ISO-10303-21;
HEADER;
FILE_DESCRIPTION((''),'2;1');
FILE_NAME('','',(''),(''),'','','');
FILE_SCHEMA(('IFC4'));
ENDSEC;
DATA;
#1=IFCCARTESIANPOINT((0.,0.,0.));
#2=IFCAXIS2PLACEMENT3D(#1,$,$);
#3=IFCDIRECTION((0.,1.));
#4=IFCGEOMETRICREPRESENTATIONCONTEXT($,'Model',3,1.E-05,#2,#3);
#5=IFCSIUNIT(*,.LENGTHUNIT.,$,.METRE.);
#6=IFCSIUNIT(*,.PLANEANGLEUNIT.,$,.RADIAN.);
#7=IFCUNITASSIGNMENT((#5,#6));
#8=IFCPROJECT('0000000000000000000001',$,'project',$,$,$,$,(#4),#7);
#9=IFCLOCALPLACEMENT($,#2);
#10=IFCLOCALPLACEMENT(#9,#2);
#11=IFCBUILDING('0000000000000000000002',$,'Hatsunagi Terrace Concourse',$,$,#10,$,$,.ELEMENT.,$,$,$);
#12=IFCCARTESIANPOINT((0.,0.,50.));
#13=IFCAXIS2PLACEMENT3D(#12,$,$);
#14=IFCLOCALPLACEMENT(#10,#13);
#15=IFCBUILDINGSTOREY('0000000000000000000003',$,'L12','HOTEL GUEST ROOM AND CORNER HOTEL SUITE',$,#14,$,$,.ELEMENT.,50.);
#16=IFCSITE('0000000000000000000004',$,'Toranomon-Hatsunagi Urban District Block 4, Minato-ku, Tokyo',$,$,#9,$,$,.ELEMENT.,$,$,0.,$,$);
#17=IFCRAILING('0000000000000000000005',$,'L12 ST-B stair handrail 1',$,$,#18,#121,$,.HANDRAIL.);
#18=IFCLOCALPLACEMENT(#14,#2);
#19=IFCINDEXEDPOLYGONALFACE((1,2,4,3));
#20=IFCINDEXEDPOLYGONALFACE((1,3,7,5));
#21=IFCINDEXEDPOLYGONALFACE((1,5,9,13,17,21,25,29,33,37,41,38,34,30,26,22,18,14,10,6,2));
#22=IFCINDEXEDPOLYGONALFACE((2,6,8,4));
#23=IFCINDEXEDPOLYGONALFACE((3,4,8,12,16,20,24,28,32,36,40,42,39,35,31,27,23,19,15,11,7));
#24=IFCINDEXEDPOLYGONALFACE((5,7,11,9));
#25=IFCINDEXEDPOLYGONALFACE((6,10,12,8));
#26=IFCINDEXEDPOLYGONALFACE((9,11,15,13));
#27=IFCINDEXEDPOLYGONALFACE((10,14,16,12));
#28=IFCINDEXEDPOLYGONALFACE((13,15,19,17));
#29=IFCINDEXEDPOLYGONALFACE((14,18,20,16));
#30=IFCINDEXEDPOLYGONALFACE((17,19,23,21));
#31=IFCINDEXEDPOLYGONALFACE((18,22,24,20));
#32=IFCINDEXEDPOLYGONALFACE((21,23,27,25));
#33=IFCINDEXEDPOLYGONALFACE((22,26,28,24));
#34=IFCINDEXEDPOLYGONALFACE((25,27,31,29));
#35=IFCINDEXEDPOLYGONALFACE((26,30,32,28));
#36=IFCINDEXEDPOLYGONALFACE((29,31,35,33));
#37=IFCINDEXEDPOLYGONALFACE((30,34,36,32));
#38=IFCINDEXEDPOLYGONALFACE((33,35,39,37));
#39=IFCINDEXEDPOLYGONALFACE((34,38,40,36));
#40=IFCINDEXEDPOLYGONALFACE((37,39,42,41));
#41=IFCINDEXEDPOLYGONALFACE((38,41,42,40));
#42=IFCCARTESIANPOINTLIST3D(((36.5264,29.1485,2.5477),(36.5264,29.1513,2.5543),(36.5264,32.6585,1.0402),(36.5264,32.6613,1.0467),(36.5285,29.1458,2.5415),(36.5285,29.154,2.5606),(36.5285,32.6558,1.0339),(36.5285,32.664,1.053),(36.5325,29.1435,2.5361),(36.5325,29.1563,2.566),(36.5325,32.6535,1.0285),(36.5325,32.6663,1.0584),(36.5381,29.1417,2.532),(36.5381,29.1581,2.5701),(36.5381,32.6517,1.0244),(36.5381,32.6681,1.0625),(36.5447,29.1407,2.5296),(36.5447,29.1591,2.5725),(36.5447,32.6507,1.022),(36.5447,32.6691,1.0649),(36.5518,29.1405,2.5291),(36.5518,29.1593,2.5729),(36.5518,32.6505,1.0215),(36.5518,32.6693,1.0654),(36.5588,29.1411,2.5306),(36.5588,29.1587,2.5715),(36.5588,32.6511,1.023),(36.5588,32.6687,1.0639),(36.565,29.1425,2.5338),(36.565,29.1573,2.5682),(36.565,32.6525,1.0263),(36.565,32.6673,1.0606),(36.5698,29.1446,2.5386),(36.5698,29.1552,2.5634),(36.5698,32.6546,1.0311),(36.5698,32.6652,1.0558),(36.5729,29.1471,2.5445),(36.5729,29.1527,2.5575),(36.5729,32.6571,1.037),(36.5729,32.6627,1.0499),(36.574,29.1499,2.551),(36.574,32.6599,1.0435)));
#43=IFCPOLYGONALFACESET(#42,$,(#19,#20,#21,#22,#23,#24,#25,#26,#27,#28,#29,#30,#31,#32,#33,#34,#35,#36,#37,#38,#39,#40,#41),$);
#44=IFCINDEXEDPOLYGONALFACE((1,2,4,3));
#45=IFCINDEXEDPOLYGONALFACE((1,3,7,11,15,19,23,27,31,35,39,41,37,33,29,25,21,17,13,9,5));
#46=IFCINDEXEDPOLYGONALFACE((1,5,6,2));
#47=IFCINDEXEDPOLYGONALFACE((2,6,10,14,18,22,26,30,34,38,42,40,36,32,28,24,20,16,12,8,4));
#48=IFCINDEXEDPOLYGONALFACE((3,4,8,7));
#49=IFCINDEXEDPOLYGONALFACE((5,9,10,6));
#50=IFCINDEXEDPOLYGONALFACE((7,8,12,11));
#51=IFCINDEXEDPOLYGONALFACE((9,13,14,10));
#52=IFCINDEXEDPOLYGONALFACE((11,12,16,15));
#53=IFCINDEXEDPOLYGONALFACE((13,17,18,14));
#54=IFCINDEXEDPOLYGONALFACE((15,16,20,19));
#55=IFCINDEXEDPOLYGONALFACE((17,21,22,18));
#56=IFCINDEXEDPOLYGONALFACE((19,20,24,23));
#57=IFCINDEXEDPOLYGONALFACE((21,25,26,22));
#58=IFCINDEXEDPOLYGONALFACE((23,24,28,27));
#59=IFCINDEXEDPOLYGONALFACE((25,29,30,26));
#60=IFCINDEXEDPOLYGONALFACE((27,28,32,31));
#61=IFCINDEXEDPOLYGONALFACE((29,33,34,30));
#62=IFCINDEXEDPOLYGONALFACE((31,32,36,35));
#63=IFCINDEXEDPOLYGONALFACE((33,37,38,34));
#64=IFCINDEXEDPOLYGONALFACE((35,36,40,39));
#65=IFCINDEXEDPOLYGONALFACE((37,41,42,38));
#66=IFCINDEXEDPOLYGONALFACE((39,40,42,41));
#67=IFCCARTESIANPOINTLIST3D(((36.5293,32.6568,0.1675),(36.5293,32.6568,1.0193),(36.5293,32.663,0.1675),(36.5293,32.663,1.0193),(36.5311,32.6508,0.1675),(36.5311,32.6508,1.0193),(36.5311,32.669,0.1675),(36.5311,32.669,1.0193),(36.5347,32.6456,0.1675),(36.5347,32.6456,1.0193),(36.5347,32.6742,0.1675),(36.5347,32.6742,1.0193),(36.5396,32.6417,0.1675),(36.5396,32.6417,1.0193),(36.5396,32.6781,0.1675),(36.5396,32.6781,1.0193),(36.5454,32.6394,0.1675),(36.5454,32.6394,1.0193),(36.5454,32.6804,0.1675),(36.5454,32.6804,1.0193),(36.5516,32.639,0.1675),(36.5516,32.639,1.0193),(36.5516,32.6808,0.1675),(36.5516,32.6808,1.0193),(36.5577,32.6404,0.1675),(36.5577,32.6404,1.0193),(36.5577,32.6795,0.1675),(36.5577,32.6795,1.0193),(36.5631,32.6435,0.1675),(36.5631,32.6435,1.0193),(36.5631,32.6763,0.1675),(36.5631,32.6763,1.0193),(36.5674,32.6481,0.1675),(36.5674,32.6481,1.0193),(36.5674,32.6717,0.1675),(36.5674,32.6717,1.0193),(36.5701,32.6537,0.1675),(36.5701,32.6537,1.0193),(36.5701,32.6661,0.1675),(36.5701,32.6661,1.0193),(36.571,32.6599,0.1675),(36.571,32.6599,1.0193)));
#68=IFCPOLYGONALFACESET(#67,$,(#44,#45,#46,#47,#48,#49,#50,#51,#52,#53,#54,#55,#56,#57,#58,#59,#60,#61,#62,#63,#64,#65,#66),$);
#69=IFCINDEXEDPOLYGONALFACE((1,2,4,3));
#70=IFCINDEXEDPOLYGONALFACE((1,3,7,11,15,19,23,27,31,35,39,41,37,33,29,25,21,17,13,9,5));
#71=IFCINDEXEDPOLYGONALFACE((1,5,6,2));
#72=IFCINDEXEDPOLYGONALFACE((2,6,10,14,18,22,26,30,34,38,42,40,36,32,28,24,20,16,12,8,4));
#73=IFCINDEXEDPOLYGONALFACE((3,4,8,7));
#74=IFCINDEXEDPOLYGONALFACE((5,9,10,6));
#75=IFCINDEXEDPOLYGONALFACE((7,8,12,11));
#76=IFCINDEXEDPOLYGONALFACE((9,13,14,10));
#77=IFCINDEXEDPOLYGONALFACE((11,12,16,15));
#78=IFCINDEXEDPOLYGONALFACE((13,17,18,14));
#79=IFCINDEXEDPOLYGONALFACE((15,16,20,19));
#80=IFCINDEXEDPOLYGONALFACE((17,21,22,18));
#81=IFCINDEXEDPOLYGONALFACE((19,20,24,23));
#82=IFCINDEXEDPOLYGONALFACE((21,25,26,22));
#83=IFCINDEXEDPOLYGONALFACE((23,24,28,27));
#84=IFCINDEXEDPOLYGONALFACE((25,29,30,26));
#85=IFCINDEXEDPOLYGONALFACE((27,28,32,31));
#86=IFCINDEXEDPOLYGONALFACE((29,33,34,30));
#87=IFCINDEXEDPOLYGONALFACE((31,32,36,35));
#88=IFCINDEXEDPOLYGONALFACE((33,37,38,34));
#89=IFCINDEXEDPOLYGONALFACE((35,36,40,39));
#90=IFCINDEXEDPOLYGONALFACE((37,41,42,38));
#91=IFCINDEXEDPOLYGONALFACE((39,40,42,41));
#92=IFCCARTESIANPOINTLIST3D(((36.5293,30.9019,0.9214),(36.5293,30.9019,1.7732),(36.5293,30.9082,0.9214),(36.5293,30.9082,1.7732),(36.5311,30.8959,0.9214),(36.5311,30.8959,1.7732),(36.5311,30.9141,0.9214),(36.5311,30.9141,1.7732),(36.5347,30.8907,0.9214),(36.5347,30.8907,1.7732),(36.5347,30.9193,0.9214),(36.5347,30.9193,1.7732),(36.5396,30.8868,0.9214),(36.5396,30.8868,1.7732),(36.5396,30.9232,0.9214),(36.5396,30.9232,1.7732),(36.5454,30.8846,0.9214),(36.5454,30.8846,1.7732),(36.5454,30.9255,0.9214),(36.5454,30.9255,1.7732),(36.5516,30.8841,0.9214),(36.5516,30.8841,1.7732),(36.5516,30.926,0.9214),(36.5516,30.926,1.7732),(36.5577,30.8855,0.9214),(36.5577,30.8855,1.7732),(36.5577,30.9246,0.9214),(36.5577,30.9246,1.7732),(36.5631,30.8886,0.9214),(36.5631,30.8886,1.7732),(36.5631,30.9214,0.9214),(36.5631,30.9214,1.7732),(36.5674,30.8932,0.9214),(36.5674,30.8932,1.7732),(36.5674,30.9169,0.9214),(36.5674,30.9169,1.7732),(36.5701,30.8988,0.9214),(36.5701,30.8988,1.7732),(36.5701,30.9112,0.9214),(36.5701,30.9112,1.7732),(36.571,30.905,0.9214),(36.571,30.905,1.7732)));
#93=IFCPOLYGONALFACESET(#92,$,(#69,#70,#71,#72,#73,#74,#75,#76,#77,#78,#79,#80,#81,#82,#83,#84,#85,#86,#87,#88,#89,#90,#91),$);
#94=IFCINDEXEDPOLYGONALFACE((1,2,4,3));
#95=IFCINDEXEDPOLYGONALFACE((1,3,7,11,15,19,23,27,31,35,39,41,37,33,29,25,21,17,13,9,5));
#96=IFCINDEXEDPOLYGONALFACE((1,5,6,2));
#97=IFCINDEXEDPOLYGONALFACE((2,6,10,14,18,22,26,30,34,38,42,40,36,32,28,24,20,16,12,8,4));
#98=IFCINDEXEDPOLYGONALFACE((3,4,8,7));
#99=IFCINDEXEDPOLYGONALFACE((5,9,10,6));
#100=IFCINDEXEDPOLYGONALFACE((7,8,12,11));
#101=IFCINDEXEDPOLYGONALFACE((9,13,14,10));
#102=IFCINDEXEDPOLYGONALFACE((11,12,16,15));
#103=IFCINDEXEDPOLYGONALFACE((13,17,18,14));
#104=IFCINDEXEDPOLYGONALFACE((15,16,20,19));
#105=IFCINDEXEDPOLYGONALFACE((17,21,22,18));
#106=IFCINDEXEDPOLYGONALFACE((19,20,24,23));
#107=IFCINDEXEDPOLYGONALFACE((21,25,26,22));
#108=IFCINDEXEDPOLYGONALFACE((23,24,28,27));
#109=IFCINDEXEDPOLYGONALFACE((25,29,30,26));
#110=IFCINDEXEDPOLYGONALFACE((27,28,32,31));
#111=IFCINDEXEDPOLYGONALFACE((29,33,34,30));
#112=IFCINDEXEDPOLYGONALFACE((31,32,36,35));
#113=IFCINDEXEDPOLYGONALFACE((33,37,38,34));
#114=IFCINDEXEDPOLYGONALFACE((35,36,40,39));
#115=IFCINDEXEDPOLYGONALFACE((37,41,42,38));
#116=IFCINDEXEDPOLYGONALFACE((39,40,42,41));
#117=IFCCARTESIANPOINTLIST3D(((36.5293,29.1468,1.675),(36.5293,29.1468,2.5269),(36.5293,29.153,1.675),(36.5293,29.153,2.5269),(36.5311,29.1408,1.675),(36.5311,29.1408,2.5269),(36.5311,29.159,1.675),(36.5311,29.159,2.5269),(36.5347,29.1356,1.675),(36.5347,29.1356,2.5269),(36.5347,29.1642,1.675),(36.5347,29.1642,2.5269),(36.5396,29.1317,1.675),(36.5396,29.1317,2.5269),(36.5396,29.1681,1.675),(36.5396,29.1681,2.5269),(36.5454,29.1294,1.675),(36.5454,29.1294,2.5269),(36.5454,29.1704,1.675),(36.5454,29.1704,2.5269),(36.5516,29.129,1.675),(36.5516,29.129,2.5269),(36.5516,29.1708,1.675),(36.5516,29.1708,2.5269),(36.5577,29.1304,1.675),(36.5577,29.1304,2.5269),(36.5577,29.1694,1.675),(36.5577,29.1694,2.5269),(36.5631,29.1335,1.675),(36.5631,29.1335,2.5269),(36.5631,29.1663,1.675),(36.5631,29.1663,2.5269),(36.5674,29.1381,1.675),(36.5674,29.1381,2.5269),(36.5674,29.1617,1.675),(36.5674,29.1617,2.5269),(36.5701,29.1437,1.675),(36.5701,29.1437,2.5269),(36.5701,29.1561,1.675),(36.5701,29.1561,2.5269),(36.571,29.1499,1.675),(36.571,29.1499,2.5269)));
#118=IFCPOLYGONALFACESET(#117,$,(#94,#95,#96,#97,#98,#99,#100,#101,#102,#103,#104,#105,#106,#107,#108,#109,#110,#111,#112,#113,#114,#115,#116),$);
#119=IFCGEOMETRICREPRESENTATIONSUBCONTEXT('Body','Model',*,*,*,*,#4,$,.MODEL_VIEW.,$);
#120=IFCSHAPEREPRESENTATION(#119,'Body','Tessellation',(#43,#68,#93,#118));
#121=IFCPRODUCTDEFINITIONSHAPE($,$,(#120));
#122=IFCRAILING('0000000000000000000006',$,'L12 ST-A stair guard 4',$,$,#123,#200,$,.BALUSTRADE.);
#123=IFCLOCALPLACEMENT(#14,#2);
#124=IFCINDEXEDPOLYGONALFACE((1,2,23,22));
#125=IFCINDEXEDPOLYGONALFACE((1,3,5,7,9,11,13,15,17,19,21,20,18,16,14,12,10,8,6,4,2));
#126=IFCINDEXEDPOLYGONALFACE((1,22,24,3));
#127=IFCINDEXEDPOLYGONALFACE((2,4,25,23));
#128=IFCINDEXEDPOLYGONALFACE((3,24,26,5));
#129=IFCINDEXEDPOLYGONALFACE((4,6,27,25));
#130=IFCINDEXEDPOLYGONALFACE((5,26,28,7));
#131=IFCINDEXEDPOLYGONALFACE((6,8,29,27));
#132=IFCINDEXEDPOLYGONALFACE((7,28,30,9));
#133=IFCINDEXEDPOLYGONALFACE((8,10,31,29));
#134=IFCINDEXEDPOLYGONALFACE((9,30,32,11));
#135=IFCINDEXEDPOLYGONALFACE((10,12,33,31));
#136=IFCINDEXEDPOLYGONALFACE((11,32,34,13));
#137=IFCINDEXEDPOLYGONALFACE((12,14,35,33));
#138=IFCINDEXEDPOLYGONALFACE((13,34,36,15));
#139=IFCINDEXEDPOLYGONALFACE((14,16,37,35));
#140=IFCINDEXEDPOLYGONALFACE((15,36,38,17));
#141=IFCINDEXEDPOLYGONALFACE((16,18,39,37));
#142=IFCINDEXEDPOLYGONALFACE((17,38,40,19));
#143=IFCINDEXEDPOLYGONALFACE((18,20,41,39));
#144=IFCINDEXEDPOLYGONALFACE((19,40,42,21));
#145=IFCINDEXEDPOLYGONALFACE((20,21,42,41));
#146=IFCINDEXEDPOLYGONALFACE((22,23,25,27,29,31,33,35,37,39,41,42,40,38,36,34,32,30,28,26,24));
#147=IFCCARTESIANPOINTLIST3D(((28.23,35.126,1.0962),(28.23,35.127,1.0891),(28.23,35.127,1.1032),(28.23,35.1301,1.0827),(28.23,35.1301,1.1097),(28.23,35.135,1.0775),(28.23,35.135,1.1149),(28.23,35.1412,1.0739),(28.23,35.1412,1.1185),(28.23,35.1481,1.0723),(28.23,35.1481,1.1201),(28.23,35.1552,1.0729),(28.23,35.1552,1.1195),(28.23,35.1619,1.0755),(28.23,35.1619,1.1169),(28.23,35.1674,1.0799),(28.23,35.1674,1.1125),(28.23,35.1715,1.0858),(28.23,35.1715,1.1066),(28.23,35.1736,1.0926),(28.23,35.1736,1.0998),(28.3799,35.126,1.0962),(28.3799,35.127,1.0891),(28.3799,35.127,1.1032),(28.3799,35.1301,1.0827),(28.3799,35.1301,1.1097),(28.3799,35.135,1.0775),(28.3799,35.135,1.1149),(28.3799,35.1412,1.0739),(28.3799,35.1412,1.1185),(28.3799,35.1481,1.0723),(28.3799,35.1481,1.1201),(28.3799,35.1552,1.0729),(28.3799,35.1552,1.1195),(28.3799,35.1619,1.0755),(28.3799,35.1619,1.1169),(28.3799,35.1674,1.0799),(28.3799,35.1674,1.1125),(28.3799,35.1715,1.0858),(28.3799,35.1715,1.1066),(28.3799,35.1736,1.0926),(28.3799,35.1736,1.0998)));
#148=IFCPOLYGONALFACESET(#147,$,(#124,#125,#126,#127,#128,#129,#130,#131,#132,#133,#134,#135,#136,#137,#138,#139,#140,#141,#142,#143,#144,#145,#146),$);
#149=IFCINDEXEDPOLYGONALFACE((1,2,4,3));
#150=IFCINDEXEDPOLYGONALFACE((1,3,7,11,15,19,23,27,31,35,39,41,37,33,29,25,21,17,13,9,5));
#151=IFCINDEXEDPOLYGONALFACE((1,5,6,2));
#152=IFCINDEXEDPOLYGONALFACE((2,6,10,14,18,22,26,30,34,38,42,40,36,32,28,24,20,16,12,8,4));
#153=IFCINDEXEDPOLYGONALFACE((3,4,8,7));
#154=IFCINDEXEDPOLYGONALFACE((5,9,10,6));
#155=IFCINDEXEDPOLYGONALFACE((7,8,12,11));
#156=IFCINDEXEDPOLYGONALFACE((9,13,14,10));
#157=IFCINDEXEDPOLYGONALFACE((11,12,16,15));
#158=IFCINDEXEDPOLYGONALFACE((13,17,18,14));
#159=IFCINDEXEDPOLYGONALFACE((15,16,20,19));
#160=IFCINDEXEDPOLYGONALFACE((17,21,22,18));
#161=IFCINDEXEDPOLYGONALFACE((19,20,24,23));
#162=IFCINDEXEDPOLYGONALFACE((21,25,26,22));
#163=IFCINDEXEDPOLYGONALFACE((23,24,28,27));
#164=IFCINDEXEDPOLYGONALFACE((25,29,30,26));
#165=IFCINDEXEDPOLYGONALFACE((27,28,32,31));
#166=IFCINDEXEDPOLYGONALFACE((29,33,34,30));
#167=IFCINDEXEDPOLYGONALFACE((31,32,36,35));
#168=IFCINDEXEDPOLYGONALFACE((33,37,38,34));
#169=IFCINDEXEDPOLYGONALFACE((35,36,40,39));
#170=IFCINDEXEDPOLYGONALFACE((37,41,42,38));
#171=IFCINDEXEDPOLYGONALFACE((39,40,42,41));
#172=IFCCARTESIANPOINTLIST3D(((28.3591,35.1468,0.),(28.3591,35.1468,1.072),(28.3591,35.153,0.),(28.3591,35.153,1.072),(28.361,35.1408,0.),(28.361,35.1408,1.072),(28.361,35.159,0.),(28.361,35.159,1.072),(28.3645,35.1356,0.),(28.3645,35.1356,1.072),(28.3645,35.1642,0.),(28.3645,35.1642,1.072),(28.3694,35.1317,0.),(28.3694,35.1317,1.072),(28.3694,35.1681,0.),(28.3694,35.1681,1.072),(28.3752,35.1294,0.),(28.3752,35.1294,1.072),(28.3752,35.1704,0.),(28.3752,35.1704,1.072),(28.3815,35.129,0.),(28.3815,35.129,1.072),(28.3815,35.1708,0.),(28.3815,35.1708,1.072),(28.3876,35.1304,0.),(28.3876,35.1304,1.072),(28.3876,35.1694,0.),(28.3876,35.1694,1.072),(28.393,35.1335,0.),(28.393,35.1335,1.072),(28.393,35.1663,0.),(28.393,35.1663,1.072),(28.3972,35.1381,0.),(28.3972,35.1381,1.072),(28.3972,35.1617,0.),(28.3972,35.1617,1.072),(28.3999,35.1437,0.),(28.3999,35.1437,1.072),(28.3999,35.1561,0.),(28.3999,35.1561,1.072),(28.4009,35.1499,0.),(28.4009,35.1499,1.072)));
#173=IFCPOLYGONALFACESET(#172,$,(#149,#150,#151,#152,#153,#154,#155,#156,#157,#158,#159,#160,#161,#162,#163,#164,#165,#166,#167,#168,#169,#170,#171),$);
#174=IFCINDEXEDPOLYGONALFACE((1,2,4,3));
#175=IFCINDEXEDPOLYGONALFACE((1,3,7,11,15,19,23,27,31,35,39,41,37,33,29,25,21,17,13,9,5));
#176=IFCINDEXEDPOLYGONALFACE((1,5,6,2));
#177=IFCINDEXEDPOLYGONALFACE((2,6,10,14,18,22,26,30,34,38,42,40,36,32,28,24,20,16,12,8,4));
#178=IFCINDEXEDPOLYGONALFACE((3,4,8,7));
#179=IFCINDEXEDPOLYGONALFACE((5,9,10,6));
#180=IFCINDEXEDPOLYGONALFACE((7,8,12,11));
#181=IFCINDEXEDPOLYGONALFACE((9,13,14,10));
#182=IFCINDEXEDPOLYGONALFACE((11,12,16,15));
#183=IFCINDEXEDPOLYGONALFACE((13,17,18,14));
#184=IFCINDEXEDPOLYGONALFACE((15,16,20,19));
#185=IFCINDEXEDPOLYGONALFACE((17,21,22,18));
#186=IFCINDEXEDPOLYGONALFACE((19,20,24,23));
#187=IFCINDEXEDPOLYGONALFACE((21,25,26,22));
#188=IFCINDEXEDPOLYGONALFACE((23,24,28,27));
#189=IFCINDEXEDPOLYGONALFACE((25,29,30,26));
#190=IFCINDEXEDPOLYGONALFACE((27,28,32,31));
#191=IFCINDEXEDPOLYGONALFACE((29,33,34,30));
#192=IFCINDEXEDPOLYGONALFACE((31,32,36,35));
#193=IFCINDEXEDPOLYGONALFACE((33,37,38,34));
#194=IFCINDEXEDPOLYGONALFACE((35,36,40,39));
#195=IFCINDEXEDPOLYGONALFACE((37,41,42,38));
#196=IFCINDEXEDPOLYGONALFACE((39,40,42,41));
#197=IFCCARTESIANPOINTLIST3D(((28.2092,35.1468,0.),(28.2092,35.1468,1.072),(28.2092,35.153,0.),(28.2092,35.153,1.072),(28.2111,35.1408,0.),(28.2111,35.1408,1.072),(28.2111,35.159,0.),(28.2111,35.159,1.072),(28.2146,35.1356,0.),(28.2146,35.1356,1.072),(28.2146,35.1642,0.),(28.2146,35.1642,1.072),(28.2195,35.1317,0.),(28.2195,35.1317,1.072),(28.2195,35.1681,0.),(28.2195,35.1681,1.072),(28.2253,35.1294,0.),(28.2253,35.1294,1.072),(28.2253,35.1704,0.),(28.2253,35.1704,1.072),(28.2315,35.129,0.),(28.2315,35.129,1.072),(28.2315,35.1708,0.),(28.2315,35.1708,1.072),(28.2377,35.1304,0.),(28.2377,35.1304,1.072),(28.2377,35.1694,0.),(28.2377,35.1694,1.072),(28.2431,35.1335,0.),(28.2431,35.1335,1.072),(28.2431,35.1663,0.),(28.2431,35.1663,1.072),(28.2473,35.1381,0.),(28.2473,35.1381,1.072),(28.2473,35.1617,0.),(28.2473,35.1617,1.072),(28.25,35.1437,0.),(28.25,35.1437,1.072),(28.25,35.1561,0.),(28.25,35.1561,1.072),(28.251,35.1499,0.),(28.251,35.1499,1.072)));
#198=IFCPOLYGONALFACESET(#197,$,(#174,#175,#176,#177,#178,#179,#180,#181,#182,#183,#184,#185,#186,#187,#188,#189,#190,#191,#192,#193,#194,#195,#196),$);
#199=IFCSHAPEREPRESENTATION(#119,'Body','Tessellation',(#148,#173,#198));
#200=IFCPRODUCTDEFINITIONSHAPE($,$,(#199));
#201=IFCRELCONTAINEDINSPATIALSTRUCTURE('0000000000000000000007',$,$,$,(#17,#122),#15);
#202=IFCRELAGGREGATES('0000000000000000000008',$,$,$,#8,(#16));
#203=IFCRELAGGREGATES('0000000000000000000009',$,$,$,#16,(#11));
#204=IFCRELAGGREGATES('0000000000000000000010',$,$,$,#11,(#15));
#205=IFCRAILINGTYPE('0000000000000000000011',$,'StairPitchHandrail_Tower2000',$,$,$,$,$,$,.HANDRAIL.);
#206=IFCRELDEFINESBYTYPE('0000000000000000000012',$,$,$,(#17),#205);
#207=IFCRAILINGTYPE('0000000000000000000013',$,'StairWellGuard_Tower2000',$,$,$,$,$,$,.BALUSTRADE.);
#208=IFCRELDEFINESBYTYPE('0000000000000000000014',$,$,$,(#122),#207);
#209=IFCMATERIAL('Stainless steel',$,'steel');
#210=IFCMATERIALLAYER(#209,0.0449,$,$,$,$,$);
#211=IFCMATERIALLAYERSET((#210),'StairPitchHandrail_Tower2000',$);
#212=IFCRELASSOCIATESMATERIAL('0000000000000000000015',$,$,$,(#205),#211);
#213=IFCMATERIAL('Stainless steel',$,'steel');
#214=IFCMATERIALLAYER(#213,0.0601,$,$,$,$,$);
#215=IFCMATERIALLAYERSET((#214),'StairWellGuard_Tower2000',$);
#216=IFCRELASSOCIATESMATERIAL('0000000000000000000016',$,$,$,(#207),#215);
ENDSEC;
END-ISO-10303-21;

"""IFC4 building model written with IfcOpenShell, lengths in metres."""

from ifc_helpers import new_model, si_unit, direction, frame, origin, origin_2d, place, context, subcontext, project, spatial, circle, extrude, material, layer, layer_set, type_object, element, save


model = new_model("IFC4")

# Units and contexts
model_context = context("Model", 3, precision=1e-05, world=origin(), true_north=direction((0.0, 1.0)))
body_context = subcontext(model_context, "Body", "Model", "MODEL_VIEW")
ifc_project = project(units=[si_unit("LENGTHUNIT", "METRE"), si_unit("PLANEANGLEUNIT", "RADIAN")], contexts=[model_context])

# Site, building, storey
site_placement = place(None, origin())
site = spatial("IfcSite", under=ifc_project, at=site_placement, Name="Toranomon-Hatsunagi Urban District Block 4, Minato-ku, Tokyo", CompositionType="ELEMENT", RefElevation=0.0)
building_placement = place(site_placement, origin())
building = spatial("IfcBuilding", under=site, at=building_placement, Name="Hatsunagi Terrace Concourse", CompositionType="ELEMENT")
storey_placement = place(building_placement, frame((0.0, 0.0, 50.0)))
storey = spatial("IfcBuildingStorey", under=building, at=storey_placement, Name="L12", Description="HOTEL GUEST ROOM AND CORNER HOTEL SUITE", CompositionType="ELEMENT", Elevation=50.0)

# Railings
ifc_material_1 = material(Name="Stainless steel", Category="steel")
ifc_layer_1 = layer(ifc_material_1, 0.0449)
ifc_layer_set_1 = layer_set([ifc_layer_1], Name="StairPitchHandrail_Tower2000")
railing_type_1 = type_object("IfcRailingType", Name="StairPitchHandrail_Tower2000", PredefinedType="HANDRAIL", material=ifc_layer_set_1)
railing_1_placement = place(storey_placement, frame((36.55, 32.6599, 0.1675)))
element("IfcRailing", 1, at=railing_1_placement, inside=storey, type_object=railing_type_1, Name="L12 ST-B stair handrail 1", PredefinedType="HANDRAIL", context=body_context, shape_type="SweptSolid", body=[
    extrude(circle(Radius=0.0239, at=origin_2d()), frame((0.0, 0.0, 0.876), z_axis=(0.0, -0.918834, 0.394644), x_axis=(1.0, 0.0, 0.0)), (0.0, 0.0, 1.0), 3.8201),
    extrude(circle(Radius=0.021, at=origin_2d()), origin(), (0.0, 0.0, 1.0), 0.8518),
    extrude(circle(Radius=0.021, at=origin_2d()), frame((0.0, -1.7549, 0.7539)), (0.0, 0.0, 1.0), 0.8518),
    extrude(circle(Radius=0.021, at=origin_2d()), frame((0.0, -3.51, 1.5076)), (0.0, 0.0, 1.0), 0.8518),
])
ifc_material_2 = material(Name="Stainless steel", Category="steel")
ifc_layer_2 = layer(ifc_material_2, 0.0601)
ifc_layer_set_2 = layer_set([ifc_layer_2], Name="StairWellGuard_Tower2000")
railing_type_2 = type_object("IfcRailingType", Name="StairWellGuard_Tower2000", PredefinedType="BALUSTRADE", material=ifc_layer_set_2)
railing_2_placement = place(storey_placement, frame((28.3799, 35.1499, 0.0)))
element("IfcRailing", 2, at=railing_2_placement, inside=storey, type_object=railing_type_2, Name="L12 ST-A stair guard 4", PredefinedType="BALUSTRADE", context=body_context, shape_type="SweptSolid", body=[
    extrude(circle(Radius=0.0239, at=origin_2d()), frame((0.0, 0.0, 1.0962), z_axis=(-1.0, 0.0, 0.0), x_axis=(0.0, -1.0, 0.0)), (0.0, 0.0, 1.0), 0.1499),
    extrude(circle(Radius=0.021, at=origin_2d()), origin(), (0.0, 0.0, 1.0), 1.072),
    extrude(circle(Radius=0.021, at=origin_2d()), frame((-0.1499, 0.0, 0.0)), (0.0, 0.0, 1.0), 1.072),
])

save(model, "model.ifc")
